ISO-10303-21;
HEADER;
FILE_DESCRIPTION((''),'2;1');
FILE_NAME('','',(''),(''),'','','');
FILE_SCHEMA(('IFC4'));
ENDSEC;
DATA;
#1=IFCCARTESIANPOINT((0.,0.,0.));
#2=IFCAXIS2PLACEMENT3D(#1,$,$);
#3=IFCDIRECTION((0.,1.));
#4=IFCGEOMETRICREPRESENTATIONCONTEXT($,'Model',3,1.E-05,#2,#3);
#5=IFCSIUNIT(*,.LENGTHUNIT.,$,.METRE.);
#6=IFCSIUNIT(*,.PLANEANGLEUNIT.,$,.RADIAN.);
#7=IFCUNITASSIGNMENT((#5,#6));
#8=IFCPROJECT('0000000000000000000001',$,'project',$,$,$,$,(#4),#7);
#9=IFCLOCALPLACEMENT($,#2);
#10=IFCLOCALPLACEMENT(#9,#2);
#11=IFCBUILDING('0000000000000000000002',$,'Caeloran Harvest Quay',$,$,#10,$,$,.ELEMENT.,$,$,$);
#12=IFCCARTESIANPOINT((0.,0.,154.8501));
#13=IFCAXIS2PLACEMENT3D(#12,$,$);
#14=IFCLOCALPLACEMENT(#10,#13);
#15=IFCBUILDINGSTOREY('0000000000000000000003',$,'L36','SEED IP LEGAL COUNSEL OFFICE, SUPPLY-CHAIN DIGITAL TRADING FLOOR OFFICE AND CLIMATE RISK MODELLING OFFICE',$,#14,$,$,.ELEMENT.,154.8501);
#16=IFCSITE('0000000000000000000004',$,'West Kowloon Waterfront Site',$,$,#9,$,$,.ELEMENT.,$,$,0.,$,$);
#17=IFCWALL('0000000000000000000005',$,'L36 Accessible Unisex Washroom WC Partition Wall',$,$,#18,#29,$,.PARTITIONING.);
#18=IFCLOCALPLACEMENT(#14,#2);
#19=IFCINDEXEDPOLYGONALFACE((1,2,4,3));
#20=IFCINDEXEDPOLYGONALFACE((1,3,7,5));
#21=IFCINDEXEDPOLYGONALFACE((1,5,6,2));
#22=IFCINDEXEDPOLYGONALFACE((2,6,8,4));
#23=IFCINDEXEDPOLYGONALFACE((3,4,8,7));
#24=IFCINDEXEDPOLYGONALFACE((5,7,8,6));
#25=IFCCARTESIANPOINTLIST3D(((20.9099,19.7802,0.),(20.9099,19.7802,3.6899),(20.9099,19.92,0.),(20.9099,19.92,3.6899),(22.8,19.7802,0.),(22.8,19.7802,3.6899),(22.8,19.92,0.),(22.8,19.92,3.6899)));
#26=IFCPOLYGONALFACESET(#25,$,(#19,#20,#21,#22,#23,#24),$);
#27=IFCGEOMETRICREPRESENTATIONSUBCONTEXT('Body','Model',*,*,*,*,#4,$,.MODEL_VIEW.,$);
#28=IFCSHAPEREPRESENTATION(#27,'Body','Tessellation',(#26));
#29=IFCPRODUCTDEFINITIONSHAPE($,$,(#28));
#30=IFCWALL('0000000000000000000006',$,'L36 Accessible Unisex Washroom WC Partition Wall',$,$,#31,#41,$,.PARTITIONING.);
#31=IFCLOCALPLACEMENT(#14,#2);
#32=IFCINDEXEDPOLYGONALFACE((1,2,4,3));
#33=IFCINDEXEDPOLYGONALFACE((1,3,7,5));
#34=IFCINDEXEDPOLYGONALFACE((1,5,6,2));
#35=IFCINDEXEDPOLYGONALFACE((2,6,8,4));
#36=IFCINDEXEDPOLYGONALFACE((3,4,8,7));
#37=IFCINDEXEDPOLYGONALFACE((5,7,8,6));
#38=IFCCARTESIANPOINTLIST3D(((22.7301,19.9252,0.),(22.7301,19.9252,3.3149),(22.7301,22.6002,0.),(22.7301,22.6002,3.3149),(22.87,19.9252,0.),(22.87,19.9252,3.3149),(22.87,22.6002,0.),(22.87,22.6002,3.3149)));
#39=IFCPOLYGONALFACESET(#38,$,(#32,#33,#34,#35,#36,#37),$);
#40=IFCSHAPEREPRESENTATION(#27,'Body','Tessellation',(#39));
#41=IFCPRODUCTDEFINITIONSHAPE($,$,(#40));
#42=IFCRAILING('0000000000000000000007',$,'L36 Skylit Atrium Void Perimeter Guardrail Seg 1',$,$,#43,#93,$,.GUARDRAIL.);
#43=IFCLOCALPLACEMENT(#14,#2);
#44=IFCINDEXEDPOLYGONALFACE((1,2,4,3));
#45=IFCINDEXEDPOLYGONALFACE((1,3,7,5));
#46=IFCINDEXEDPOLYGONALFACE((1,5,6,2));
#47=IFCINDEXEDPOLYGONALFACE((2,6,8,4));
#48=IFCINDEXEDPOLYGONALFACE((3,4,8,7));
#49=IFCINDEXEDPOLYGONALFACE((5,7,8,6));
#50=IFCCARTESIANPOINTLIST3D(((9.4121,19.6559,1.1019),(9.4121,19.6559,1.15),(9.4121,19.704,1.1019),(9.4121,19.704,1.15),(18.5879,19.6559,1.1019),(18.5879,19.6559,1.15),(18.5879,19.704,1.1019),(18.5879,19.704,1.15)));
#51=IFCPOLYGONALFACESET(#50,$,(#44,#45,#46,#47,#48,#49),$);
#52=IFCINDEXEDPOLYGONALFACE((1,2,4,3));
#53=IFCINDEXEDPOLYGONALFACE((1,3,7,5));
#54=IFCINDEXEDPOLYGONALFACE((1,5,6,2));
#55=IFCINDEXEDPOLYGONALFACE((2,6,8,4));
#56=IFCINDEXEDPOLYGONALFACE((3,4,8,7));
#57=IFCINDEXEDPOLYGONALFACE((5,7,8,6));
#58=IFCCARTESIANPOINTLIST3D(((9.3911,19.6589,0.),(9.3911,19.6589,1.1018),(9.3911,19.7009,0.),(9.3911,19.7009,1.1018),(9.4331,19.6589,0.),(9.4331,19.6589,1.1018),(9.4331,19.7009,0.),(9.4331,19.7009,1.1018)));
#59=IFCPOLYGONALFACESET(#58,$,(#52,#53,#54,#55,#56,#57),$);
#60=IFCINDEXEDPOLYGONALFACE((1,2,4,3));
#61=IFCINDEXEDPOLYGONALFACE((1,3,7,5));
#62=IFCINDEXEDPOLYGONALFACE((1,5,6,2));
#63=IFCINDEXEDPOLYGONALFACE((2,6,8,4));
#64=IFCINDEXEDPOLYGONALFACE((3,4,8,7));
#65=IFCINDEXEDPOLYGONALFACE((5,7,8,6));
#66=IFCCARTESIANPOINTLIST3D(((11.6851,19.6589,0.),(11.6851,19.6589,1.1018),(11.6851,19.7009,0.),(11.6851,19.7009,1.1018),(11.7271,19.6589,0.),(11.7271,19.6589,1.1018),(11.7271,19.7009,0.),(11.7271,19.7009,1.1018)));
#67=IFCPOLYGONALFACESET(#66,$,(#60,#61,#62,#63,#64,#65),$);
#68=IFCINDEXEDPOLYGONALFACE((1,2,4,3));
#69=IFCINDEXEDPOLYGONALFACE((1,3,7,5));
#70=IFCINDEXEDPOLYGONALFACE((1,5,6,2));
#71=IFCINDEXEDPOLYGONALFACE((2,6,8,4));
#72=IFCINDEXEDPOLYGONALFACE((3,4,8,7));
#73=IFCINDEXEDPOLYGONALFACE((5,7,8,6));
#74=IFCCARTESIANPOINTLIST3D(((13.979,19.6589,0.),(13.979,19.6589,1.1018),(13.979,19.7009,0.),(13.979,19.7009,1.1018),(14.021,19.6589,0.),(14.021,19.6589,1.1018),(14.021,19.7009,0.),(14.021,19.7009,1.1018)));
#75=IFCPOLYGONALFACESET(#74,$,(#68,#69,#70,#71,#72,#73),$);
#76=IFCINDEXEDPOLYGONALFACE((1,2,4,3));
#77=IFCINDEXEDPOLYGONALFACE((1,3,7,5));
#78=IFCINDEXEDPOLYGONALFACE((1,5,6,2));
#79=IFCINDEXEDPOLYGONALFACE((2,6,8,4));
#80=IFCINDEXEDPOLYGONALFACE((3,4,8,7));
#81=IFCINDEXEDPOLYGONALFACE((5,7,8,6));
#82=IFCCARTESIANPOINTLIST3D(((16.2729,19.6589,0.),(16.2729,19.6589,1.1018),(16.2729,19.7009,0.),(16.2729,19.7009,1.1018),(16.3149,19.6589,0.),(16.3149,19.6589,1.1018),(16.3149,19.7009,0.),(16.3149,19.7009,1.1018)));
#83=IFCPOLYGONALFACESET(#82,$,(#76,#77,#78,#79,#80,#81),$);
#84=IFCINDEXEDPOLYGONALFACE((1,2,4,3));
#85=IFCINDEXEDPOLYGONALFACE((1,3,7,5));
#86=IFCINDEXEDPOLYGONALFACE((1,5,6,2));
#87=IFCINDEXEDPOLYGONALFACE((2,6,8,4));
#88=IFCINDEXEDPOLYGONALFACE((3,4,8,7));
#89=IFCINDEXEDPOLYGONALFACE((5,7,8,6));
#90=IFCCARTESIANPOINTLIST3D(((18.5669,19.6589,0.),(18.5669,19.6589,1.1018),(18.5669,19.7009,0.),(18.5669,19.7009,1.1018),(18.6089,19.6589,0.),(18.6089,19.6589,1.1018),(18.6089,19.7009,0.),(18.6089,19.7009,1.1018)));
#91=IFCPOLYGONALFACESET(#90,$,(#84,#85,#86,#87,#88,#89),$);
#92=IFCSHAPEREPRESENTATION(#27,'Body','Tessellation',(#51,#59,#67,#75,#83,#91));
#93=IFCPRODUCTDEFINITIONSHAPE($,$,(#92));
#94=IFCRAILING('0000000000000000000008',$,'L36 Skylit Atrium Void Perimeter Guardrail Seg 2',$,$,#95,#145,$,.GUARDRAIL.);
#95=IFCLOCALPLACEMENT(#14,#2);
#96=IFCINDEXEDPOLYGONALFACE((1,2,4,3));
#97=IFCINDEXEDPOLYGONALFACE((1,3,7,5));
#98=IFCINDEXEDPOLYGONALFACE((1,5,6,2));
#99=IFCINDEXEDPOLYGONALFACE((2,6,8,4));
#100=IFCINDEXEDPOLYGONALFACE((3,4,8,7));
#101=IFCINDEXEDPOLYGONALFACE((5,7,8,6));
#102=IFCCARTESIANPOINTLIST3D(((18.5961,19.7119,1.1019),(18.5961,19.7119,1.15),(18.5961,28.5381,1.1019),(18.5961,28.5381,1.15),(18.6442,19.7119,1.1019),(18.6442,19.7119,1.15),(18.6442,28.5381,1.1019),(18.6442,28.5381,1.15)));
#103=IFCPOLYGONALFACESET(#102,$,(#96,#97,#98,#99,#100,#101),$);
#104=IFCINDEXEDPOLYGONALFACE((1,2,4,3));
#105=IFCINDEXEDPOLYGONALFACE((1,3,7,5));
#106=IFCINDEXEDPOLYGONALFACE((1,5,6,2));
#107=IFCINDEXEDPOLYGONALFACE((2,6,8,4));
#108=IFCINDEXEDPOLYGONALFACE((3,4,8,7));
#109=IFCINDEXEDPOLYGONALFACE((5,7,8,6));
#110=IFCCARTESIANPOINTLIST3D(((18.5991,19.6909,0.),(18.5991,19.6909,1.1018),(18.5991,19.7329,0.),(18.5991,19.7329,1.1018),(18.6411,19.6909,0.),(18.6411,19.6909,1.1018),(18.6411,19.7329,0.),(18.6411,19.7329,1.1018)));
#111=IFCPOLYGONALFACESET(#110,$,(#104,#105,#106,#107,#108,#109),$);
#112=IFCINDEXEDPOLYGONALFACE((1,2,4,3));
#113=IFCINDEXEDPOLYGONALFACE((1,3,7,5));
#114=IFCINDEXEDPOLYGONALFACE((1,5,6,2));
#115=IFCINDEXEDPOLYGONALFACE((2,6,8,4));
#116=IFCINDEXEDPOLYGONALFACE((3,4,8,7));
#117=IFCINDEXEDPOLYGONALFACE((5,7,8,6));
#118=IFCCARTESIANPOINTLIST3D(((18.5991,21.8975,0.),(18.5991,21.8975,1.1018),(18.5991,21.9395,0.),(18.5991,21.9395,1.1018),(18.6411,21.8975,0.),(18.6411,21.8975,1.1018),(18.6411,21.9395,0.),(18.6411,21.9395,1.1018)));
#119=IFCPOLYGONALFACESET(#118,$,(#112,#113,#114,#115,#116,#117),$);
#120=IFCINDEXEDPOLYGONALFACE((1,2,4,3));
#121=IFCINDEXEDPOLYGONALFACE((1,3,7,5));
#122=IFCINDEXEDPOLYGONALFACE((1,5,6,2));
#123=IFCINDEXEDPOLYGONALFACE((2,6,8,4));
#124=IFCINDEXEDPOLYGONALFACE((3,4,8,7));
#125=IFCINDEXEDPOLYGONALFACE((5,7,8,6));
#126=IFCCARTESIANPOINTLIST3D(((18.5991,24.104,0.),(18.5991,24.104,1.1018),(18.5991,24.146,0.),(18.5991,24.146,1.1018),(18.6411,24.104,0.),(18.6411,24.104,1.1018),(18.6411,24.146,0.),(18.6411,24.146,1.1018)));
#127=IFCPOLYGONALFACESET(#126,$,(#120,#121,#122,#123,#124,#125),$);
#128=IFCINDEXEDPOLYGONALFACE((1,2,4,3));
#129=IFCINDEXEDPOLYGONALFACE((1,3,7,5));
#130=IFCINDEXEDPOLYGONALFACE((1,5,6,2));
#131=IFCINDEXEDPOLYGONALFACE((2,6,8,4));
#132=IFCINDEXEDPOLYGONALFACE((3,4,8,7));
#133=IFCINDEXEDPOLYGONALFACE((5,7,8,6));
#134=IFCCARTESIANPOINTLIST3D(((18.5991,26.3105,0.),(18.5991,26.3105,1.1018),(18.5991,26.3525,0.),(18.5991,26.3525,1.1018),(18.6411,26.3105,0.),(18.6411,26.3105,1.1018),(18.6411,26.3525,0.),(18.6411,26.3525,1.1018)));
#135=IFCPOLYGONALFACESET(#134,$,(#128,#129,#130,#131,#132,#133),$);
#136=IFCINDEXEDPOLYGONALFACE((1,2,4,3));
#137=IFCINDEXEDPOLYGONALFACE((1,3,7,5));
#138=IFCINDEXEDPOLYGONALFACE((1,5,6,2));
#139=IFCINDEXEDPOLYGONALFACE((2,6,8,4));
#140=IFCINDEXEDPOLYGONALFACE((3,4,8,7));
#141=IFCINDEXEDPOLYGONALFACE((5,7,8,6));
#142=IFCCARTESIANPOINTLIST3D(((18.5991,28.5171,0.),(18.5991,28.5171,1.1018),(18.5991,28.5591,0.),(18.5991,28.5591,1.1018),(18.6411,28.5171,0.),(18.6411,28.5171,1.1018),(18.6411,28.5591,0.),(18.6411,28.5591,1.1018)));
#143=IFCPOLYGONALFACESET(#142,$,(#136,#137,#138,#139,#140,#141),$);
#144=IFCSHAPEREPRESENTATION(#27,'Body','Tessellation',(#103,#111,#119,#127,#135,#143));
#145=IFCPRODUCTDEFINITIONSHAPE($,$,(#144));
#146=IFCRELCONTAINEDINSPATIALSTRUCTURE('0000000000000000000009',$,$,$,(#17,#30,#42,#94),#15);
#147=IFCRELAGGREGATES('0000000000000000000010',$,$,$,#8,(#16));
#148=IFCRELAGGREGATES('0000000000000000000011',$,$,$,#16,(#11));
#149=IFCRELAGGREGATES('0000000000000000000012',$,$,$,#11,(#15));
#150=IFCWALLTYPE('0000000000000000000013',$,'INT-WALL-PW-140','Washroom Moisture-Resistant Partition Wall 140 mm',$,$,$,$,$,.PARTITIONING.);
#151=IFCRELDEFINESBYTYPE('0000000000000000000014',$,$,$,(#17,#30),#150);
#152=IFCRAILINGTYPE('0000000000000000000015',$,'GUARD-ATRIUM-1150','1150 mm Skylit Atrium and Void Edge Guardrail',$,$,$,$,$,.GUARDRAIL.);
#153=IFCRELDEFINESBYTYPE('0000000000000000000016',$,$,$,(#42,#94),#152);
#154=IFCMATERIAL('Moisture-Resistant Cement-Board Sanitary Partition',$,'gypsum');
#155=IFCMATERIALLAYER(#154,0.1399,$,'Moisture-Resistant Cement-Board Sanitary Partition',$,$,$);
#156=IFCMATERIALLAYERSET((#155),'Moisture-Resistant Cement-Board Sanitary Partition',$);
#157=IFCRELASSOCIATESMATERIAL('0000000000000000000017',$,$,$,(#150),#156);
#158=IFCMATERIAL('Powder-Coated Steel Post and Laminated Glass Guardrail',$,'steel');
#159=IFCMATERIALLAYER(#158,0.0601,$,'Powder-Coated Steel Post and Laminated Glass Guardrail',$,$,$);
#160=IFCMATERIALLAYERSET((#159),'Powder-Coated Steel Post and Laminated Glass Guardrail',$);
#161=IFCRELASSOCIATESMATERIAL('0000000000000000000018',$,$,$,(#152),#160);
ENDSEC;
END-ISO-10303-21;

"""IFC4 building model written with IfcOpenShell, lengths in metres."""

from ifc_helpers import new_model, si_unit, direction, frame, frame_2d, origin, origin_2d, place, context, subcontext, project, spatial, rectangle, extrude, material, layer, layer_set, type_object, element, save


model = new_model("IFC4")

# Units and contexts
model_context = context("Model", 3, precision=1e-05, world=origin(), true_north=direction((0.0, 1.0)))
body_context = subcontext(model_context, "Body", "Model", "MODEL_VIEW")
ifc_project = project(units=[si_unit("LENGTHUNIT", "METRE"), si_unit("PLANEANGLEUNIT", "RADIAN")], contexts=[model_context])

# Site, building, storey
site_placement = place(None, origin())
site = spatial("IfcSite", under=ifc_project, at=site_placement, Name="West Kowloon Waterfront Site", CompositionType="ELEMENT", RefElevation=0.0)
building_placement = place(site_placement, origin())
building = spatial("IfcBuilding", under=site, at=building_placement, Name="Caeloran Harvest Quay", CompositionType="ELEMENT")
storey_placement = place(building_placement, frame((0.0, 0.0, 154.8501)))
storey = spatial("IfcBuildingStorey", under=building, at=storey_placement, Name="L36", Description="SEED IP LEGAL COUNSEL OFFICE, SUPPLY-CHAIN DIGITAL TRADING FLOOR OFFICE AND CLIMATE RISK MODELLING OFFICE", CompositionType="ELEMENT", Elevation=154.8501)

# Wall
ifc_material_1 = material(Name="Moisture-Resistant Cement-Board Sanitary Partition", Category="gypsum")
ifc_layer_1 = layer(ifc_material_1, 0.1399, Name="Moisture-Resistant Cement-Board Sanitary Partition")
ifc_layer_set_1 = layer_set([ifc_layer_1], Name="Moisture-Resistant Cement-Board Sanitary Partition")
wall_type_1 = type_object("IfcWallType", Name="INT-WALL-PW-140", Description="Washroom Moisture-Resistant Partition Wall 140 mm", PredefinedType="PARTITIONING", material=ifc_layer_set_1)
wall_1_placement = place(storey_placement, frame((22.8, 19.8501, 0.0), z_axis=(0.0, 0.0, 1.0), x_axis=(-1.0, 0.0, 0.0)))
element("IfcWall", 1, at=wall_1_placement, inside=storey, type_object=wall_type_1, Name="L36 Accessible Unisex Washroom WC Partition Wall", PredefinedType="PARTITIONING", context=body_context, shape_type="SweptSolid", body=[
    extrude(rectangle(XDim=1.8901, YDim=0.1399, at=frame_2d((0.9451, 0.0))), origin(), (0.0, 0.0, 1.0), 3.6899),
])

# Wall
wall_2_placement = place(storey_placement, frame((22.8, 22.6001, 0.0), z_axis=(0.0, 0.0, 1.0), x_axis=(0.0, -1.0, 0.0)))
element("IfcWall", 2, at=wall_2_placement, inside=storey, type_object=wall_type_1, Name="L36 Accessible Unisex Washroom WC Partition Wall", PredefinedType="PARTITIONING", context=body_context, shape_type="SweptSolid", body=[
    extrude(rectangle(XDim=2.675, YDim=0.1399, at=frame_2d((1.3374, 0.0))), origin(), (0.0, 0.0, 1.0), 3.3149),
])

# Railings
ifc_material_2 = material(Name="Powder-Coated Steel Post and Laminated Glass Guardrail", Category="steel")
ifc_layer_2 = layer(ifc_material_2, 0.0601, Name="Powder-Coated Steel Post and Laminated Glass Guardrail")
ifc_layer_set_2 = layer_set([ifc_layer_2], Name="Powder-Coated Steel Post and Laminated Glass Guardrail")
railing_type = type_object("IfcRailingType", Name="GUARD-ATRIUM-1150", Description="1150 mm Skylit Atrium and Void Edge Guardrail", PredefinedType="GUARDRAIL", material=ifc_layer_set_2)
railing_1_placement = place(storey_placement, frame((9.4121, 19.6799, 0.0)))
element("IfcRailing", 3, at=railing_1_placement, inside=storey, type_object=railing_type, Name="L36 Skylit Atrium Void Perimeter Guardrail Seg 1", PredefinedType="GUARDRAIL", context=body_context, shape_type="SweptSolid", body=[
    extrude(rectangle(XDim=0.0481, YDim=0.0481, at=origin_2d()), frame((0.0, 0.0, 1.126), z_axis=(1.0, 0.0, 0.0), x_axis=(0.0, 1.0, 0.0)), (0.0, 0.0, 1.0), 9.1758),
    extrude(rectangle(XDim=0.042, YDim=0.042, at=origin_2d()), origin(), (0.0, 0.0, 1.0), 1.1018),
    extrude(rectangle(XDim=0.042, YDim=0.042, at=origin_2d()), frame((2.2939, 0.0, 0.0)), (0.0, 0.0, 1.0), 1.1018),
    extrude(rectangle(XDim=0.042, YDim=0.042, at=origin_2d()), frame((4.5879, 0.0, 0.0)), (0.0, 0.0, 1.0), 1.1018),
    extrude(rectangle(XDim=0.042, YDim=0.042, at=origin_2d()), frame((6.8818, 0.0, 0.0)), (0.0, 0.0, 1.0), 1.1018),
    extrude(rectangle(XDim=0.042, YDim=0.042, at=origin_2d()), frame((9.1758, 0.0, 0.0)), (0.0, 0.0, 1.0), 1.1018),
])
railing_2_placement = place(storey_placement, frame((18.6201, 19.7119, 0.0)))
element("IfcRailing", 4, at=railing_2_placement, inside=storey, type_object=railing_type, Name="L36 Skylit Atrium Void Perimeter Guardrail Seg 2", PredefinedType="GUARDRAIL", context=body_context, shape_type="SweptSolid", body=[
    extrude(rectangle(XDim=0.0481, YDim=0.0481, at=origin_2d()), frame((0.0, 0.0, 1.126), z_axis=(0.0, 1.0, 0.0), x_axis=(-1.0, 0.0, 0.0)), (0.0, 0.0, 1.0), 8.8262),
    extrude(rectangle(XDim=0.042, YDim=0.042, at=origin_2d()), origin(), (0.0, 0.0, 1.0), 1.1018),
    extrude(rectangle(XDim=0.042, YDim=0.042, at=origin_2d()), frame((0.0, 2.2065, 0.0)), (0.0, 0.0, 1.0), 1.1018),
    extrude(rectangle(XDim=0.042, YDim=0.042, at=origin_2d()), frame((0.0, 4.4131, 0.0)), (0.0, 0.0, 1.0), 1.1018),
    extrude(rectangle(XDim=0.042, YDim=0.042, at=origin_2d()), frame((0.0, 6.6196, 0.0)), (0.0, 0.0, 1.0), 1.1018),
    extrude(rectangle(XDim=0.042, YDim=0.042, at=origin_2d()), frame((0.0, 8.8262, 0.0)), (0.0, 0.0, 1.0), 1.1018),
])

save(model, "model.ifc")
